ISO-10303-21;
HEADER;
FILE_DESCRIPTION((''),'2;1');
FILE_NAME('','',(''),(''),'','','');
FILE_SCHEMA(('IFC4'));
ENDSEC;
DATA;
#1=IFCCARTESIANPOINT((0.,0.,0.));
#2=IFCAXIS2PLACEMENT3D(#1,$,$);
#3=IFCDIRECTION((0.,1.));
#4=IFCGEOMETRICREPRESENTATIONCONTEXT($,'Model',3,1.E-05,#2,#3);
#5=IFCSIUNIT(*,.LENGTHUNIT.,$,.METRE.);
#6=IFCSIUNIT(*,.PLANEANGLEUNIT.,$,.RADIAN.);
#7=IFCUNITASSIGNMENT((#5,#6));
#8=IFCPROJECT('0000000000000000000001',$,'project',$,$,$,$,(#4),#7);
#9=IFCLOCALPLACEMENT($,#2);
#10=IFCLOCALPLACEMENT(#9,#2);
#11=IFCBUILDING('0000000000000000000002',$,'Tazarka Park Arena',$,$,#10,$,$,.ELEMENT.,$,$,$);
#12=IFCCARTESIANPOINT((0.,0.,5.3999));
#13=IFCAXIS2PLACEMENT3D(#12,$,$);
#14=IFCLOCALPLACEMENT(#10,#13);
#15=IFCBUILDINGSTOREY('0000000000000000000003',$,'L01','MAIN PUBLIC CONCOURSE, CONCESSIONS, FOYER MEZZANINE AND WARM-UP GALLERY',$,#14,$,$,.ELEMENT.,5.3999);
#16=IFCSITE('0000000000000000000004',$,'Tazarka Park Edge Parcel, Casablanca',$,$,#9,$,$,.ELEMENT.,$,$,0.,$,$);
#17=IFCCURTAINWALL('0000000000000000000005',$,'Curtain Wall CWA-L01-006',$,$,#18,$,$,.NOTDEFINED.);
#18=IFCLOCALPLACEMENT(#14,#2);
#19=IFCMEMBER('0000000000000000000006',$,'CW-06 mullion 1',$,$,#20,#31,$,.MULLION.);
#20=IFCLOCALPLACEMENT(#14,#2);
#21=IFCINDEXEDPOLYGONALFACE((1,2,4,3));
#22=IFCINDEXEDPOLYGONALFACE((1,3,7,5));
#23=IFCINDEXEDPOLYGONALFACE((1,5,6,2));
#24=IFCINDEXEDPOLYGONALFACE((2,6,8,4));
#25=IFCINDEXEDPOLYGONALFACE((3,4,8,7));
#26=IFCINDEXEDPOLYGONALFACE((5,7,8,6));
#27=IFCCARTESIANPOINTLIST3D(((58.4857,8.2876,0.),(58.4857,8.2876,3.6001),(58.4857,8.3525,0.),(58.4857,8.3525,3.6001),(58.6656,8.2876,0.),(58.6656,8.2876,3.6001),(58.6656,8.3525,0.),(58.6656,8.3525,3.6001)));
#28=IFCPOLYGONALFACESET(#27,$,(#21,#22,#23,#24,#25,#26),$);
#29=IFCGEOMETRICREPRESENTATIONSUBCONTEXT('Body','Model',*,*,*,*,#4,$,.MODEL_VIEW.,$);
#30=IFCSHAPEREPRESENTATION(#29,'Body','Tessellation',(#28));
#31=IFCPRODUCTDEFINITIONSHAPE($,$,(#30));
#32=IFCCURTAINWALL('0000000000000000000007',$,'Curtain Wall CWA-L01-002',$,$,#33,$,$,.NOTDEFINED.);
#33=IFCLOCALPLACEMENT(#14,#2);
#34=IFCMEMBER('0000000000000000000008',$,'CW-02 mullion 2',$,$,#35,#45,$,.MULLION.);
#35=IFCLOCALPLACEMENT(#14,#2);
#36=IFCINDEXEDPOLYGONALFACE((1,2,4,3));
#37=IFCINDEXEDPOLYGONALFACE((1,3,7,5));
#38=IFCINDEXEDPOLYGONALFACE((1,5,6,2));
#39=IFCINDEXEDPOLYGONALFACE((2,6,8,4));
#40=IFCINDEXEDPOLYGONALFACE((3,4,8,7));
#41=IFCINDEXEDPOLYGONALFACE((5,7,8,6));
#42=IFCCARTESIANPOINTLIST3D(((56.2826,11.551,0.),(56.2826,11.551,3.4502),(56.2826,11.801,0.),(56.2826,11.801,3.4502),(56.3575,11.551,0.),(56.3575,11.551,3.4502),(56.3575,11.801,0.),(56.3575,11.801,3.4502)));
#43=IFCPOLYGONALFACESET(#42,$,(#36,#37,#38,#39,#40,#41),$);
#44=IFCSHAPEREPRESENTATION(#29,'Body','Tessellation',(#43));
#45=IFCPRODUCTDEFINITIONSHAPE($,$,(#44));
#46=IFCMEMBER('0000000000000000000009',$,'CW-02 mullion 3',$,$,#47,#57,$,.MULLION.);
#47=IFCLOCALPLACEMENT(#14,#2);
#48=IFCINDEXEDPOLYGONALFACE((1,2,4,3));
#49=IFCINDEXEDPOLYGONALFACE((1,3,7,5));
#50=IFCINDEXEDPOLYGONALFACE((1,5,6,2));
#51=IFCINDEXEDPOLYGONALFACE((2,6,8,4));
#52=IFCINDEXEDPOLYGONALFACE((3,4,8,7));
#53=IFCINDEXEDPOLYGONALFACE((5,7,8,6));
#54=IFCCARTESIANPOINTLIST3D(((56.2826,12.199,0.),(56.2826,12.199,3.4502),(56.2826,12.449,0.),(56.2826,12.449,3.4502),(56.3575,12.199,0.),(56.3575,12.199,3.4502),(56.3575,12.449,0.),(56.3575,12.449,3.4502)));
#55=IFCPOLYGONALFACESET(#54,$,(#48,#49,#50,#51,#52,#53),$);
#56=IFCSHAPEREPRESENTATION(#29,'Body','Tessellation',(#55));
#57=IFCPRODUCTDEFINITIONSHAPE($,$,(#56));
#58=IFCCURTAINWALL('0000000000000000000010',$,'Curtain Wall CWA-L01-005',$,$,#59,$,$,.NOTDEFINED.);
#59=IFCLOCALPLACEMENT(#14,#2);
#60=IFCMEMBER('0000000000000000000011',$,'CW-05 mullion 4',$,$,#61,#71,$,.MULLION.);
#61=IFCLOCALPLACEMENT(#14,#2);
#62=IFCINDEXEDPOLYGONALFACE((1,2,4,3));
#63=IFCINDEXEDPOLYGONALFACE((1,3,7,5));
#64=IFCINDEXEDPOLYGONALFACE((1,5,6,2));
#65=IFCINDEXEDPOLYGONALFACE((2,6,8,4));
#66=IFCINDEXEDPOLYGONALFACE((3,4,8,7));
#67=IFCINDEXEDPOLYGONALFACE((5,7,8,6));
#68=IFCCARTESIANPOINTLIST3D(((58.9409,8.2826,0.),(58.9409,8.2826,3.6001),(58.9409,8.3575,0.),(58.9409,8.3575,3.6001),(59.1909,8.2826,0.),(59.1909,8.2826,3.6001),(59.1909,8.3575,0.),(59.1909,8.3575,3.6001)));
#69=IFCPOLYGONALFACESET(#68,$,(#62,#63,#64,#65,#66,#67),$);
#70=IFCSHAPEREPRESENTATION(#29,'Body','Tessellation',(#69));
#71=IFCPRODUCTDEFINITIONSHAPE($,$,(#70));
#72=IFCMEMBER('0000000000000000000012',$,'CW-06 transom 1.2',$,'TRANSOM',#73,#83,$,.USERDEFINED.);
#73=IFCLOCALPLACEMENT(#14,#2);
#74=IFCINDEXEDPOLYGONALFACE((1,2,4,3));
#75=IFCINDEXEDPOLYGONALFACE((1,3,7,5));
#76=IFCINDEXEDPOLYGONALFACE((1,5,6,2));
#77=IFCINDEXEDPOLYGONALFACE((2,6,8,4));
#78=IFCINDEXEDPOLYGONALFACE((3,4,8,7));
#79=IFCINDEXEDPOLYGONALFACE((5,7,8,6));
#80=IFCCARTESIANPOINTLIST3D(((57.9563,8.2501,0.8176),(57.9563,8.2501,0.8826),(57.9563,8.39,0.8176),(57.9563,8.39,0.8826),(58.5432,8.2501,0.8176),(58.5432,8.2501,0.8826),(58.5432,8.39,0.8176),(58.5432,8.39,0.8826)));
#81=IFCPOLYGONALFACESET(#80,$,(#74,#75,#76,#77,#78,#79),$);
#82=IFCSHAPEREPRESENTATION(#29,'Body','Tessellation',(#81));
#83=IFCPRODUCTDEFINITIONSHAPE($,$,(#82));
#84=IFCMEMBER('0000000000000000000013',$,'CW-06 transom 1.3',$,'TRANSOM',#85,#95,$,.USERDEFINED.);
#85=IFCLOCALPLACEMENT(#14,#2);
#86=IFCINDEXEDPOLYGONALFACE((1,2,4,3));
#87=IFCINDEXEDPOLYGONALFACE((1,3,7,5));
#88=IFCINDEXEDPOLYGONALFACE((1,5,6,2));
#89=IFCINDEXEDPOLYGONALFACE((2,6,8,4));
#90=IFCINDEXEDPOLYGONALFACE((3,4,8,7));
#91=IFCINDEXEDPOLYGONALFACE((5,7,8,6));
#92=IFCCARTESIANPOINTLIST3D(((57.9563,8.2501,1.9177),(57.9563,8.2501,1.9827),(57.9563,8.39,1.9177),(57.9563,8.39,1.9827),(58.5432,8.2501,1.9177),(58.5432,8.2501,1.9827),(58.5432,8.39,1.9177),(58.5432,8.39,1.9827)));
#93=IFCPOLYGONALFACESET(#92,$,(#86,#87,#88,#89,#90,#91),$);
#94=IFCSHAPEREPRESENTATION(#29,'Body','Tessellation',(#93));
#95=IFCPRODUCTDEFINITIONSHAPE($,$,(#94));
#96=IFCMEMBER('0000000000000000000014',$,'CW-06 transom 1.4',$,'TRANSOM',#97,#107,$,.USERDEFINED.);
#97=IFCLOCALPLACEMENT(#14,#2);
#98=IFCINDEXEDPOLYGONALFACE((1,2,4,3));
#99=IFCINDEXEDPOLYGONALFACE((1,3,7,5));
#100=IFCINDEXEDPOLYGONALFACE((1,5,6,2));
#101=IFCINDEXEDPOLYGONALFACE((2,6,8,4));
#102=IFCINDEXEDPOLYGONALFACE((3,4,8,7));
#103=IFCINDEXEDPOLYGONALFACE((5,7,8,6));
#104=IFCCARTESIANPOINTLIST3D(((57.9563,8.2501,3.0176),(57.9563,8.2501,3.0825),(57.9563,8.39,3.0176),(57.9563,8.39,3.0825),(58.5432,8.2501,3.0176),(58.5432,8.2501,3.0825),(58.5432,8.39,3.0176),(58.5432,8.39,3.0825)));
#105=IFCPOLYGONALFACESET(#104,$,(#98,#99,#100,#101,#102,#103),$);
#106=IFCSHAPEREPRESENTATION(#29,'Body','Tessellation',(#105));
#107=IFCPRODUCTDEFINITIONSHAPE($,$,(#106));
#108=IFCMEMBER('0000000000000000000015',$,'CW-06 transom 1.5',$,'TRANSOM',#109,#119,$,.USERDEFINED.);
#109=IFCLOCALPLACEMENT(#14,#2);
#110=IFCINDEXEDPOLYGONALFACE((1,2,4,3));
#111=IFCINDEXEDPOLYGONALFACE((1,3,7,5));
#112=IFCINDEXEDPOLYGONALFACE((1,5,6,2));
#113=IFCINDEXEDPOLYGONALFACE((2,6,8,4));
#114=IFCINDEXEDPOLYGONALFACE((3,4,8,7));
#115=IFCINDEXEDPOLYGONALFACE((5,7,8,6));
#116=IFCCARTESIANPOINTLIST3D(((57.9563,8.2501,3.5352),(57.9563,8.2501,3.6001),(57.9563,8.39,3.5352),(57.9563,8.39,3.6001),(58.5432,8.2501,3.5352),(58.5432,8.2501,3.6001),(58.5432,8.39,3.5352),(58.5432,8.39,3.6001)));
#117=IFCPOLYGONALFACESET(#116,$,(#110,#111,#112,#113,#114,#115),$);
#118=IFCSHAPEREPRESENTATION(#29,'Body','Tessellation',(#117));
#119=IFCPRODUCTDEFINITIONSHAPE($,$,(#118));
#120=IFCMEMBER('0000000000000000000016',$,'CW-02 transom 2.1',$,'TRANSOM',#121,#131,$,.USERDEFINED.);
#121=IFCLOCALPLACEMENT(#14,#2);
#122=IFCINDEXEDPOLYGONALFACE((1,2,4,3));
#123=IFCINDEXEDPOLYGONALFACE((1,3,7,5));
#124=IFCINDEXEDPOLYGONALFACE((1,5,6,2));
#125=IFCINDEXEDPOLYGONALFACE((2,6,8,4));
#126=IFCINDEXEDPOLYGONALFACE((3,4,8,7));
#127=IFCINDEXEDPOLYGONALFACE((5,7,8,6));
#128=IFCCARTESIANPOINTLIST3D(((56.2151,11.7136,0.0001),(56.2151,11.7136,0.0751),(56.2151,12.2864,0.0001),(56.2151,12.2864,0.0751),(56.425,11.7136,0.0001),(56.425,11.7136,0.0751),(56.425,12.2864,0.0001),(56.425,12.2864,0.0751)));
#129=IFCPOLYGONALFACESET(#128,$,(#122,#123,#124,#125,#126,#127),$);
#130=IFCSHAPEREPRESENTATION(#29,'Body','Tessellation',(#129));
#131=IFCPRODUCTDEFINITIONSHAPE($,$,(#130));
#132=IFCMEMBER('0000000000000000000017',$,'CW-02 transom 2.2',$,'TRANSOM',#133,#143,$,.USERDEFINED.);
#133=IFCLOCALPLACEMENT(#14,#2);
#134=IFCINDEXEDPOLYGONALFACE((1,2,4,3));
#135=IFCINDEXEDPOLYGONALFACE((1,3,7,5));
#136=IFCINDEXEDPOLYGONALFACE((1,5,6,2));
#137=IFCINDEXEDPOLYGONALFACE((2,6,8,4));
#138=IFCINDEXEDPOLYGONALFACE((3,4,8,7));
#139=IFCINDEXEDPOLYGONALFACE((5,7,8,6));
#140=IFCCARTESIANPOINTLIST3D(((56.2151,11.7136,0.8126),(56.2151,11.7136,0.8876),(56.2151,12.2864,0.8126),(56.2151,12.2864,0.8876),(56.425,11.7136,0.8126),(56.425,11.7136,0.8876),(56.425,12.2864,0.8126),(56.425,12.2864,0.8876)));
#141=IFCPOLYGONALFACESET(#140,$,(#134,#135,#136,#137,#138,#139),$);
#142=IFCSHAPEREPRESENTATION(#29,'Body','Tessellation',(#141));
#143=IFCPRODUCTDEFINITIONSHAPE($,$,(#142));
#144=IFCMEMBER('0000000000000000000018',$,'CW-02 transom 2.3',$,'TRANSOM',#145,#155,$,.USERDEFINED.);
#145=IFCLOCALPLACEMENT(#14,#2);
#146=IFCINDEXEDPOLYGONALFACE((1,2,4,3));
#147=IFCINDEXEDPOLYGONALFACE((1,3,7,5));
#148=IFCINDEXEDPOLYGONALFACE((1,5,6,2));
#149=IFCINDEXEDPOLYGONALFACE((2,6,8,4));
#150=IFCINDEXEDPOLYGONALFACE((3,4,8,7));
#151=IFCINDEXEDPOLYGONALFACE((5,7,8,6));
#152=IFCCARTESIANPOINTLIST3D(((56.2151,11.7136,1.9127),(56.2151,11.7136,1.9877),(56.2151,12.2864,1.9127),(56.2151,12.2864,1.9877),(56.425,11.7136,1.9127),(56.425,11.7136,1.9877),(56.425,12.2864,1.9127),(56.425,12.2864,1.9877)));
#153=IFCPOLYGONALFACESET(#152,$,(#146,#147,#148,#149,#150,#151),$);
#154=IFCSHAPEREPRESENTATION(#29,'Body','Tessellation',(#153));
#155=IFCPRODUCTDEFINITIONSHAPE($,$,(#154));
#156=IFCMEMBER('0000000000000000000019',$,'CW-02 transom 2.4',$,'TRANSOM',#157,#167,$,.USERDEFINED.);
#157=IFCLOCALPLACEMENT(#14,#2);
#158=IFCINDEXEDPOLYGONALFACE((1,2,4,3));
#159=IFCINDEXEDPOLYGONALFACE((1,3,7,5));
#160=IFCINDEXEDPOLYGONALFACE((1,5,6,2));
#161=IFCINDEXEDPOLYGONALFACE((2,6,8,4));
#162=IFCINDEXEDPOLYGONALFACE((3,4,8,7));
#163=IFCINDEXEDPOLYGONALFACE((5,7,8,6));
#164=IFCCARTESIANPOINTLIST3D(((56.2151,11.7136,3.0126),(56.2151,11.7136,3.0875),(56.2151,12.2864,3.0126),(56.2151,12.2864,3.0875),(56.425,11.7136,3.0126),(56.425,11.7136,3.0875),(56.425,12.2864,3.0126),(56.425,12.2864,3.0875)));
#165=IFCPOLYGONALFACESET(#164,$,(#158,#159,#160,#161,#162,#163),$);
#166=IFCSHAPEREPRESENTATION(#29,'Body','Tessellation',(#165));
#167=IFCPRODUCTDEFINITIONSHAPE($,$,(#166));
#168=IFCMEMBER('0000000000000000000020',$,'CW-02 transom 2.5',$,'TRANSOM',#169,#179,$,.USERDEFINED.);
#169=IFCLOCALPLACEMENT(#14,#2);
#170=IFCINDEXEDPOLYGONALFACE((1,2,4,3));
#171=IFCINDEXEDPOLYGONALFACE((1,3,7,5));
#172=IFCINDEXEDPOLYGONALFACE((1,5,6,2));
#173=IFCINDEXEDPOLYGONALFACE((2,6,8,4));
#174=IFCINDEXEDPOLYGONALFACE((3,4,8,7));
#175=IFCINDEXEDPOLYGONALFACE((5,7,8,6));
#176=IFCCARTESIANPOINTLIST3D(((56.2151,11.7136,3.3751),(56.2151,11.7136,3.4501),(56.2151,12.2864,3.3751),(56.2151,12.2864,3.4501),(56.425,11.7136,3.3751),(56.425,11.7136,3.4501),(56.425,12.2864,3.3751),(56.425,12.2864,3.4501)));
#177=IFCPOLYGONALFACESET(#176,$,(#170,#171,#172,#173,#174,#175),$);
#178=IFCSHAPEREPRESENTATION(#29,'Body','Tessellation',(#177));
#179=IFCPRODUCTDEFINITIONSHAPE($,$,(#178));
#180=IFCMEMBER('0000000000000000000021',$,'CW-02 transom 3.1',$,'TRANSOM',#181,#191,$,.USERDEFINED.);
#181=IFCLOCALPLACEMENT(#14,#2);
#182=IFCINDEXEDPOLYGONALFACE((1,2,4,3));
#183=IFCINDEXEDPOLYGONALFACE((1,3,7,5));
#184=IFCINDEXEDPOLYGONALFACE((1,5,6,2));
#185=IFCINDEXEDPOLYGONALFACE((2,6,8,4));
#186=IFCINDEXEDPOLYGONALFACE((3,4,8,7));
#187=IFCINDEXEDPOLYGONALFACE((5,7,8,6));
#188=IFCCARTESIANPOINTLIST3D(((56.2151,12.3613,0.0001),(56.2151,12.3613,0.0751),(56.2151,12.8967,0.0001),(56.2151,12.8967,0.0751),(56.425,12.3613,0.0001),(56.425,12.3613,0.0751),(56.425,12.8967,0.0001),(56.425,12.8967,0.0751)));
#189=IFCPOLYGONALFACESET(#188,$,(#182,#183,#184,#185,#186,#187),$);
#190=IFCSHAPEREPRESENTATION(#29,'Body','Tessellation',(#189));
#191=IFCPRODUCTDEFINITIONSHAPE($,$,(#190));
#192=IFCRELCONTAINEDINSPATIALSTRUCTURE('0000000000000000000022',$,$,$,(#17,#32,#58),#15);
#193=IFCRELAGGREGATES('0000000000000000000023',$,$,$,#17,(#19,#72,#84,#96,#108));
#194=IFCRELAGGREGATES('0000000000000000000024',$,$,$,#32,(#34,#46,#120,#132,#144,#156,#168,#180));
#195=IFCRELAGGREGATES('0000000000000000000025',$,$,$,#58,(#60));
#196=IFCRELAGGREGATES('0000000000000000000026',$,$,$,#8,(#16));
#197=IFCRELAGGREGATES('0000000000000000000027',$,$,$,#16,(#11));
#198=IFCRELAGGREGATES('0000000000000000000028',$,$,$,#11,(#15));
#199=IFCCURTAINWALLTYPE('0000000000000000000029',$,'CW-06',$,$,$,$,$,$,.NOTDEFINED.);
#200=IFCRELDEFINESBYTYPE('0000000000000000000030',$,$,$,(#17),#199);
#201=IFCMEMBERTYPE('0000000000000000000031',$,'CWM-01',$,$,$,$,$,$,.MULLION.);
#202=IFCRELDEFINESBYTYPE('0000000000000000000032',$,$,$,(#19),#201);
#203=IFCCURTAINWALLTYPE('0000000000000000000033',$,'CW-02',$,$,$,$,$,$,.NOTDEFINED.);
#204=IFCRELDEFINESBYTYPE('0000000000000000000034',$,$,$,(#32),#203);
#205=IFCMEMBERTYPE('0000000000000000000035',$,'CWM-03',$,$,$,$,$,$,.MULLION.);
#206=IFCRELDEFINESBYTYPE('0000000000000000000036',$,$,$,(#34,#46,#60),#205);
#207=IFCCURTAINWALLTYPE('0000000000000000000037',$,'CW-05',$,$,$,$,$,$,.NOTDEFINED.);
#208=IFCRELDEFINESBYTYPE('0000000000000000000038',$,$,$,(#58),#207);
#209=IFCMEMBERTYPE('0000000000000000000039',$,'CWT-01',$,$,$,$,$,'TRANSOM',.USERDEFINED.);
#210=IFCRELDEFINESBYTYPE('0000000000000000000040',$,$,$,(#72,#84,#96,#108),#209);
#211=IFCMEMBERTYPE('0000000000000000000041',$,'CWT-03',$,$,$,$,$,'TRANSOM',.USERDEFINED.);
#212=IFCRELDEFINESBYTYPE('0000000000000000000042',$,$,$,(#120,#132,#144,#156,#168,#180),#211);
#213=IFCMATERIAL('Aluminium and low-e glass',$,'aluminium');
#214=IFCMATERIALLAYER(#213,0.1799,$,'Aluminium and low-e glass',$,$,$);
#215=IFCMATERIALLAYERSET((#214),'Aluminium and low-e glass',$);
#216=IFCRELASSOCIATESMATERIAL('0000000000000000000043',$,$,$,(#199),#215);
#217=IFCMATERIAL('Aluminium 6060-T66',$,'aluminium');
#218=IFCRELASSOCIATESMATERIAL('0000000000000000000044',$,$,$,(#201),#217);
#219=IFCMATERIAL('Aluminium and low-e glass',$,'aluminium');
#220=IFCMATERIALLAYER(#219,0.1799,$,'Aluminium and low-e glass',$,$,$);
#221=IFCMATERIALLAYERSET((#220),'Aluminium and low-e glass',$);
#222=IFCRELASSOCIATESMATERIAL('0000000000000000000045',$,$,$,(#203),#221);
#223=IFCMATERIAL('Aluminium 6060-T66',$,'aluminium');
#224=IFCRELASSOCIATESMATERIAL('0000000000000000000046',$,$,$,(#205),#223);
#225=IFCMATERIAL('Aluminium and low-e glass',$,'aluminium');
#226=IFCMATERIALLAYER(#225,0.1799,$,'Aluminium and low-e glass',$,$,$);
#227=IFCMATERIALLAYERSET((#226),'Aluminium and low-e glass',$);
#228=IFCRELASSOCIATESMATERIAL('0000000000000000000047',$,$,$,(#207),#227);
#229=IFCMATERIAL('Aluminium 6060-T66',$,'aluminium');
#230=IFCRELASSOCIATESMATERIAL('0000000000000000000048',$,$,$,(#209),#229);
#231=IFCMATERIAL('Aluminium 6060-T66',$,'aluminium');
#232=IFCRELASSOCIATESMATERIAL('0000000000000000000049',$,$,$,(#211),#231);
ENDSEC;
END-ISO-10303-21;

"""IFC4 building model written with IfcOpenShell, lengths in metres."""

from ifc_helpers import new_model, si_unit, direction, frame, origin, origin_2d, place, context, subcontext, project, spatial, rectangle, extrude, material, layer, layer_set, material_profile, profile_set, type_object, element, aggregate, save


model = new_model("IFC4")

# Units and contexts
model_context = context("Model", 3, precision=1e-05, world=origin(), true_north=direction((0.0, 1.0)))
body_context = subcontext(model_context, "Body", "Model", "MODEL_VIEW")
ifc_project = project(units=[si_unit("LENGTHUNIT", "METRE"), si_unit("PLANEANGLEUNIT", "RADIAN")], contexts=[model_context])

# Site, building, storey
site_placement = place(None, origin())
site = spatial("IfcSite", under=ifc_project, at=site_placement, Name="Tazarka Park Edge Parcel, Casablanca", CompositionType="ELEMENT", RefElevation=0.0)
building_placement = place(site_placement, origin())
building = spatial("IfcBuilding", under=site, at=building_placement, Name="Tazarka Park Arena", CompositionType="ELEMENT")
storey_placement = place(building_placement, frame((0.0, 0.0, 5.3999)))
storey = spatial("IfcBuildingStorey", under=building, at=storey_placement, Name="L01", Description="MAIN PUBLIC CONCOURSE, CONCESSIONS, FOYER MEZZANINE AND WARM-UP GALLERY", CompositionType="ELEMENT", Elevation=5.3999)

# Curtain wall, member
ifc_material_1 = material(Name="Aluminium and low-e glass", Category="aluminium")
ifc_layer_1 = layer(ifc_material_1, 0.1799, Name="Aluminium and low-e glass")
ifc_layer_set_1 = layer_set([ifc_layer_1], Name="Aluminium and low-e glass")
curtain_wall_type_1 = type_object("IfcCurtainWallType", Name="CW-06", PredefinedType="NOTDEFINED", material=ifc_layer_set_1)
curtain_wall_1_placement = place(storey_placement, origin())
curtain_wall_1 = element("IfcCurtainWall", 1, at=curtain_wall_1_placement, inside=storey, type_object=curtain_wall_type_1, Name="Curtain Wall CWA-L01-006", PredefinedType="NOTDEFINED")
ifc_material_2 = material(Name="Aluminium 6060-T66", Category="aluminium")
ifc_material_profile_1 = material_profile(ifc_material_2, rectangle(XDim=0.0649, YDim=0.1799, at=origin_2d()), Name="Aluminium 6060-T66")
ifc_profile_set_1 = profile_set([ifc_material_profile_1], Name="Aluminium 6060-T66")
member_type_1 = type_object("IfcMemberType", Name="CWM-01", PredefinedType="MULLION", material=ifc_profile_set_1)
member_1_placement = place(storey_placement, frame((58.5757, 8.3201, 0.0), z_axis=(0.0, 0.0, 1.0), x_axis=(0.0, -1.0, 0.0)))
member_1 = element("IfcMember", 2, at=member_1_placement, type_object=member_type_1, Name="CW-06 mullion 1", PredefinedType="MULLION", context=body_context, shape_type="SweptSolid", body=[
    extrude(rectangle(XDim=0.0649, YDim=0.1799, at=origin_2d()), origin(), (0.0, 0.0, 1.0), 3.6001),
])

# Curtain wall, members
ifc_material_3 = material(Name="Aluminium and low-e glass", Category="aluminium")
ifc_layer_2 = layer(ifc_material_3, 0.1799, Name="Aluminium and low-e glass")
ifc_layer_set_2 = layer_set([ifc_layer_2], Name="Aluminium and low-e glass")
curtain_wall_type_2 = type_object("IfcCurtainWallType", Name="CW-02", PredefinedType="NOTDEFINED", material=ifc_layer_set_2)
curtain_wall_2_placement = place(storey_placement, origin())
curtain_wall_2 = element("IfcCurtainWall", 3, at=curtain_wall_2_placement, inside=storey, type_object=curtain_wall_type_2, Name="Curtain Wall CWA-L01-002", PredefinedType="NOTDEFINED")
ifc_material_4 = material(Name="Aluminium 6060-T66", Category="aluminium")
ifc_material_profile_2 = material_profile(ifc_material_4, rectangle(XDim=0.075, YDim=0.25, at=origin_2d()), Name="Aluminium 6060-T66")
ifc_profile_set_2 = profile_set([ifc_material_profile_2], Name="Aluminium 6060-T66")
member_type_2 = type_object("IfcMemberType", Name="CWM-03", PredefinedType="MULLION", material=ifc_profile_set_2)
member_2_placement = place(storey_placement, frame((56.3201, 11.676, 0.0), z_axis=(0.0, 0.0, 1.0), x_axis=(-1.0, 0.0, 0.0)))
member_2 = element("IfcMember", 4, at=member_2_placement, type_object=member_type_2, Name="CW-02 mullion 2", PredefinedType="MULLION", context=body_context, shape_type="SweptSolid", body=[
    extrude(rectangle(XDim=0.075, YDim=0.25, at=origin_2d()), origin(), (0.0, 0.0, 1.0), 3.4502),
])
member_3_placement = place(storey_placement, frame((56.3201, 12.324, 0.0), z_axis=(0.0, 0.0, 1.0), x_axis=(-1.0, 0.0, 0.0)))
member_3 = element("IfcMember", 5, at=member_3_placement, type_object=member_type_2, Name="CW-02 mullion 3", PredefinedType="MULLION", context=body_context, shape_type="SweptSolid", body=[
    extrude(rectangle(XDim=0.075, YDim=0.25, at=origin_2d()), origin(), (0.0, 0.0, 1.0), 3.4502),
])

# Curtain wall, member
ifc_material_5 = material(Name="Aluminium and low-e glass", Category="aluminium")
ifc_layer_3 = layer(ifc_material_5, 0.1799, Name="Aluminium and low-e glass")
ifc_layer_set_3 = layer_set([ifc_layer_3], Name="Aluminium and low-e glass")
curtain_wall_type_3 = type_object("IfcCurtainWallType", Name="CW-05", PredefinedType="NOTDEFINED", material=ifc_layer_set_3)
curtain_wall_3_placement = place(storey_placement, origin())
curtain_wall_3 = element("IfcCurtainWall", 6, at=curtain_wall_3_placement, inside=storey, type_object=curtain_wall_type_3, Name="Curtain Wall CWA-L01-005", PredefinedType="NOTDEFINED")
member_4_placement = place(storey_placement, frame((59.0659, 8.3201, 0.0), z_axis=(0.0, 0.0, 1.0), x_axis=(0.0, -1.0, 0.0)))
member_4 = element("IfcMember", 7, at=member_4_placement, type_object=member_type_2, Name="CW-05 mullion 4", PredefinedType="MULLION", context=body_context, shape_type="SweptSolid", body=[
    extrude(rectangle(XDim=0.075, YDim=0.25, at=origin_2d()), origin(), (0.0, 0.0, 1.0), 3.6001),
])

# Members
ifc_material_6 = material(Name="Aluminium 6060-T66", Category="aluminium")
ifc_material_profile_3 = material_profile(ifc_material_6, rectangle(XDim=0.1399, YDim=0.0649, at=origin_2d()), Name="Aluminium 6060-T66")
ifc_profile_set_3 = profile_set([ifc_material_profile_3], Name="Aluminium 6060-T66")
member_type_3 = type_object("IfcMemberType", Name="CWT-01", ElementType="TRANSOM", PredefinedType="USERDEFINED", material=ifc_profile_set_3)
member_5_placement = place(storey_placement, frame((58.5432, 8.3201, 0.8501), z_axis=(-1.0, 0.0, 0.0), x_axis=(0.0, -1.0, 0.0)))
member_5 = element("IfcMember", 8, at=member_5_placement, type_object=member_type_3, Name="CW-06 transom 1.2", ObjectType="TRANSOM", PredefinedType="USERDEFINED", context=body_context, shape_type="SweptSolid", body=[
    extrude(rectangle(XDim=0.1399, YDim=0.0649, at=origin_2d()), origin(), (0.0, 0.0, 1.0), 0.5869),
])
member_6_placement = place(storey_placement, frame((58.5432, 8.3201, 1.9502), z_axis=(-1.0, 0.0, 0.0), x_axis=(0.0, -1.0, 0.0)))
member_6 = element("IfcMember", 9, at=member_6_placement, type_object=member_type_3, Name="CW-06 transom 1.3", ObjectType="TRANSOM", PredefinedType="USERDEFINED", context=body_context, shape_type="SweptSolid", body=[
    extrude(rectangle(XDim=0.1399, YDim=0.0649, at=origin_2d()), origin(), (0.0, 0.0, 1.0), 0.5869),
])
member_7_placement = place(storey_placement, frame((58.5432, 8.3201, 3.05), z_axis=(-1.0, 0.0, 0.0), x_axis=(0.0, -1.0, 0.0)))
member_7 = element("IfcMember", 10, at=member_7_placement, type_object=member_type_3, Name="CW-06 transom 1.4", ObjectType="TRANSOM", PredefinedType="USERDEFINED", context=body_context, shape_type="SweptSolid", body=[
    extrude(rectangle(XDim=0.1399, YDim=0.0649, at=origin_2d()), origin(), (0.0, 0.0, 1.0), 0.5869),
])
member_8_placement = place(storey_placement, frame((58.5432, 8.3201, 3.5676), z_axis=(-1.0, 0.0, 0.0), x_axis=(0.0, -1.0, 0.0)))
member_8 = element("IfcMember", 11, at=member_8_placement, type_object=member_type_3, Name="CW-06 transom 1.5", ObjectType="TRANSOM", PredefinedType="USERDEFINED", context=body_context, shape_type="SweptSolid", body=[
    extrude(rectangle(XDim=0.1399, YDim=0.0649, at=origin_2d()), origin(), (0.0, 0.0, 1.0), 0.5869),
])
aggregate(curtain_wall_1, [member_1, member_5, member_6, member_7, member_8])
ifc_material_7 = material(Name="Aluminium 6060-T66", Category="aluminium")
ifc_material_profile_4 = material_profile(ifc_material_7, rectangle(XDim=0.21, YDim=0.075, at=origin_2d()), Name="Aluminium 6060-T66")
ifc_profile_set_4 = profile_set([ifc_material_profile_4], Name="Aluminium 6060-T66")
member_type_4 = type_object("IfcMemberType", Name="CWT-03", ElementType="TRANSOM", PredefinedType="USERDEFINED", material=ifc_profile_set_4)
member_9_placement = place(storey_placement, frame((56.3201, 11.7136, 0.0376), z_axis=(0.0, 1.0, 0.0), x_axis=(-1.0, 0.0, 0.0)))
member_9 = element("IfcMember", 12, at=member_9_placement, type_object=member_type_4, Name="CW-02 transom 2.1", ObjectType="TRANSOM", PredefinedType="USERDEFINED", context=body_context, shape_type="SweptSolid", body=[
    extrude(rectangle(XDim=0.21, YDim=0.075, at=origin_2d()), origin(), (0.0, 0.0, 1.0), 0.5728),
])
member_10_placement = place(storey_placement, frame((56.3201, 11.7136, 0.8501), z_axis=(0.0, 1.0, 0.0), x_axis=(-1.0, 0.0, 0.0)))
member_10 = element("IfcMember", 13, at=member_10_placement, type_object=member_type_4, Name="CW-02 transom 2.2", ObjectType="TRANSOM", PredefinedType="USERDEFINED", context=body_context, shape_type="SweptSolid", body=[
    extrude(rectangle(XDim=0.21, YDim=0.075, at=origin_2d()), origin(), (0.0, 0.0, 1.0), 0.5728),
])
member_11_placement = place(storey_placement, frame((56.3201, 11.7136, 1.9502), z_axis=(0.0, 1.0, 0.0), x_axis=(-1.0, 0.0, 0.0)))
member_11 = element("IfcMember", 14, at=member_11_placement, type_object=member_type_4, Name="CW-02 transom 2.3", ObjectType="TRANSOM", PredefinedType="USERDEFINED", context=body_context, shape_type="SweptSolid", body=[
    extrude(rectangle(XDim=0.21, YDim=0.075, at=origin_2d()), origin(), (0.0, 0.0, 1.0), 0.5728),
])
member_12_placement = place(storey_placement, frame((56.3201, 11.7136, 3.05), z_axis=(0.0, 1.0, 0.0), x_axis=(-1.0, 0.0, 0.0)))
member_12 = element("IfcMember", 15, at=member_12_placement, type_object=member_type_4, Name="CW-02 transom 2.4", ObjectType="TRANSOM", PredefinedType="USERDEFINED", context=body_context, shape_type="SweptSolid", body=[
    extrude(rectangle(XDim=0.21, YDim=0.075, at=origin_2d()), origin(), (0.0, 0.0, 1.0), 0.5728),
])
member_13_placement = place(storey_placement, frame((56.3201, 11.7136, 3.4126), z_axis=(0.0, 1.0, 0.0), x_axis=(-1.0, 0.0, 0.0)))
member_13 = element("IfcMember", 16, at=member_13_placement, type_object=member_type_4, Name="CW-02 transom 2.5", ObjectType="TRANSOM", PredefinedType="USERDEFINED", context=body_context, shape_type="SweptSolid", body=[
    extrude(rectangle(XDim=0.21, YDim=0.075, at=origin_2d()), origin(), (0.0, 0.0, 1.0), 0.5728),
])
member_14_placement = place(storey_placement, frame((56.3201, 12.3613, 0.0376), z_axis=(0.0, 1.0, 0.0), x_axis=(-1.0, 0.0, 0.0)))
member_14 = element("IfcMember", 17, at=member_14_placement, type_object=member_type_4, Name="CW-02 transom 3.1", ObjectType="TRANSOM", PredefinedType="USERDEFINED", context=body_context, shape_type="SweptSolid", body=[
    extrude(rectangle(XDim=0.21, YDim=0.075, at=origin_2d()), origin(), (0.0, 0.0, 1.0), 0.5354),
])

aggregate(curtain_wall_2, [member_2, member_3, member_9, member_10, member_11, member_12, member_13, member_14])
aggregate(curtain_wall_3, [member_4])

save(model, "model.ifc")
